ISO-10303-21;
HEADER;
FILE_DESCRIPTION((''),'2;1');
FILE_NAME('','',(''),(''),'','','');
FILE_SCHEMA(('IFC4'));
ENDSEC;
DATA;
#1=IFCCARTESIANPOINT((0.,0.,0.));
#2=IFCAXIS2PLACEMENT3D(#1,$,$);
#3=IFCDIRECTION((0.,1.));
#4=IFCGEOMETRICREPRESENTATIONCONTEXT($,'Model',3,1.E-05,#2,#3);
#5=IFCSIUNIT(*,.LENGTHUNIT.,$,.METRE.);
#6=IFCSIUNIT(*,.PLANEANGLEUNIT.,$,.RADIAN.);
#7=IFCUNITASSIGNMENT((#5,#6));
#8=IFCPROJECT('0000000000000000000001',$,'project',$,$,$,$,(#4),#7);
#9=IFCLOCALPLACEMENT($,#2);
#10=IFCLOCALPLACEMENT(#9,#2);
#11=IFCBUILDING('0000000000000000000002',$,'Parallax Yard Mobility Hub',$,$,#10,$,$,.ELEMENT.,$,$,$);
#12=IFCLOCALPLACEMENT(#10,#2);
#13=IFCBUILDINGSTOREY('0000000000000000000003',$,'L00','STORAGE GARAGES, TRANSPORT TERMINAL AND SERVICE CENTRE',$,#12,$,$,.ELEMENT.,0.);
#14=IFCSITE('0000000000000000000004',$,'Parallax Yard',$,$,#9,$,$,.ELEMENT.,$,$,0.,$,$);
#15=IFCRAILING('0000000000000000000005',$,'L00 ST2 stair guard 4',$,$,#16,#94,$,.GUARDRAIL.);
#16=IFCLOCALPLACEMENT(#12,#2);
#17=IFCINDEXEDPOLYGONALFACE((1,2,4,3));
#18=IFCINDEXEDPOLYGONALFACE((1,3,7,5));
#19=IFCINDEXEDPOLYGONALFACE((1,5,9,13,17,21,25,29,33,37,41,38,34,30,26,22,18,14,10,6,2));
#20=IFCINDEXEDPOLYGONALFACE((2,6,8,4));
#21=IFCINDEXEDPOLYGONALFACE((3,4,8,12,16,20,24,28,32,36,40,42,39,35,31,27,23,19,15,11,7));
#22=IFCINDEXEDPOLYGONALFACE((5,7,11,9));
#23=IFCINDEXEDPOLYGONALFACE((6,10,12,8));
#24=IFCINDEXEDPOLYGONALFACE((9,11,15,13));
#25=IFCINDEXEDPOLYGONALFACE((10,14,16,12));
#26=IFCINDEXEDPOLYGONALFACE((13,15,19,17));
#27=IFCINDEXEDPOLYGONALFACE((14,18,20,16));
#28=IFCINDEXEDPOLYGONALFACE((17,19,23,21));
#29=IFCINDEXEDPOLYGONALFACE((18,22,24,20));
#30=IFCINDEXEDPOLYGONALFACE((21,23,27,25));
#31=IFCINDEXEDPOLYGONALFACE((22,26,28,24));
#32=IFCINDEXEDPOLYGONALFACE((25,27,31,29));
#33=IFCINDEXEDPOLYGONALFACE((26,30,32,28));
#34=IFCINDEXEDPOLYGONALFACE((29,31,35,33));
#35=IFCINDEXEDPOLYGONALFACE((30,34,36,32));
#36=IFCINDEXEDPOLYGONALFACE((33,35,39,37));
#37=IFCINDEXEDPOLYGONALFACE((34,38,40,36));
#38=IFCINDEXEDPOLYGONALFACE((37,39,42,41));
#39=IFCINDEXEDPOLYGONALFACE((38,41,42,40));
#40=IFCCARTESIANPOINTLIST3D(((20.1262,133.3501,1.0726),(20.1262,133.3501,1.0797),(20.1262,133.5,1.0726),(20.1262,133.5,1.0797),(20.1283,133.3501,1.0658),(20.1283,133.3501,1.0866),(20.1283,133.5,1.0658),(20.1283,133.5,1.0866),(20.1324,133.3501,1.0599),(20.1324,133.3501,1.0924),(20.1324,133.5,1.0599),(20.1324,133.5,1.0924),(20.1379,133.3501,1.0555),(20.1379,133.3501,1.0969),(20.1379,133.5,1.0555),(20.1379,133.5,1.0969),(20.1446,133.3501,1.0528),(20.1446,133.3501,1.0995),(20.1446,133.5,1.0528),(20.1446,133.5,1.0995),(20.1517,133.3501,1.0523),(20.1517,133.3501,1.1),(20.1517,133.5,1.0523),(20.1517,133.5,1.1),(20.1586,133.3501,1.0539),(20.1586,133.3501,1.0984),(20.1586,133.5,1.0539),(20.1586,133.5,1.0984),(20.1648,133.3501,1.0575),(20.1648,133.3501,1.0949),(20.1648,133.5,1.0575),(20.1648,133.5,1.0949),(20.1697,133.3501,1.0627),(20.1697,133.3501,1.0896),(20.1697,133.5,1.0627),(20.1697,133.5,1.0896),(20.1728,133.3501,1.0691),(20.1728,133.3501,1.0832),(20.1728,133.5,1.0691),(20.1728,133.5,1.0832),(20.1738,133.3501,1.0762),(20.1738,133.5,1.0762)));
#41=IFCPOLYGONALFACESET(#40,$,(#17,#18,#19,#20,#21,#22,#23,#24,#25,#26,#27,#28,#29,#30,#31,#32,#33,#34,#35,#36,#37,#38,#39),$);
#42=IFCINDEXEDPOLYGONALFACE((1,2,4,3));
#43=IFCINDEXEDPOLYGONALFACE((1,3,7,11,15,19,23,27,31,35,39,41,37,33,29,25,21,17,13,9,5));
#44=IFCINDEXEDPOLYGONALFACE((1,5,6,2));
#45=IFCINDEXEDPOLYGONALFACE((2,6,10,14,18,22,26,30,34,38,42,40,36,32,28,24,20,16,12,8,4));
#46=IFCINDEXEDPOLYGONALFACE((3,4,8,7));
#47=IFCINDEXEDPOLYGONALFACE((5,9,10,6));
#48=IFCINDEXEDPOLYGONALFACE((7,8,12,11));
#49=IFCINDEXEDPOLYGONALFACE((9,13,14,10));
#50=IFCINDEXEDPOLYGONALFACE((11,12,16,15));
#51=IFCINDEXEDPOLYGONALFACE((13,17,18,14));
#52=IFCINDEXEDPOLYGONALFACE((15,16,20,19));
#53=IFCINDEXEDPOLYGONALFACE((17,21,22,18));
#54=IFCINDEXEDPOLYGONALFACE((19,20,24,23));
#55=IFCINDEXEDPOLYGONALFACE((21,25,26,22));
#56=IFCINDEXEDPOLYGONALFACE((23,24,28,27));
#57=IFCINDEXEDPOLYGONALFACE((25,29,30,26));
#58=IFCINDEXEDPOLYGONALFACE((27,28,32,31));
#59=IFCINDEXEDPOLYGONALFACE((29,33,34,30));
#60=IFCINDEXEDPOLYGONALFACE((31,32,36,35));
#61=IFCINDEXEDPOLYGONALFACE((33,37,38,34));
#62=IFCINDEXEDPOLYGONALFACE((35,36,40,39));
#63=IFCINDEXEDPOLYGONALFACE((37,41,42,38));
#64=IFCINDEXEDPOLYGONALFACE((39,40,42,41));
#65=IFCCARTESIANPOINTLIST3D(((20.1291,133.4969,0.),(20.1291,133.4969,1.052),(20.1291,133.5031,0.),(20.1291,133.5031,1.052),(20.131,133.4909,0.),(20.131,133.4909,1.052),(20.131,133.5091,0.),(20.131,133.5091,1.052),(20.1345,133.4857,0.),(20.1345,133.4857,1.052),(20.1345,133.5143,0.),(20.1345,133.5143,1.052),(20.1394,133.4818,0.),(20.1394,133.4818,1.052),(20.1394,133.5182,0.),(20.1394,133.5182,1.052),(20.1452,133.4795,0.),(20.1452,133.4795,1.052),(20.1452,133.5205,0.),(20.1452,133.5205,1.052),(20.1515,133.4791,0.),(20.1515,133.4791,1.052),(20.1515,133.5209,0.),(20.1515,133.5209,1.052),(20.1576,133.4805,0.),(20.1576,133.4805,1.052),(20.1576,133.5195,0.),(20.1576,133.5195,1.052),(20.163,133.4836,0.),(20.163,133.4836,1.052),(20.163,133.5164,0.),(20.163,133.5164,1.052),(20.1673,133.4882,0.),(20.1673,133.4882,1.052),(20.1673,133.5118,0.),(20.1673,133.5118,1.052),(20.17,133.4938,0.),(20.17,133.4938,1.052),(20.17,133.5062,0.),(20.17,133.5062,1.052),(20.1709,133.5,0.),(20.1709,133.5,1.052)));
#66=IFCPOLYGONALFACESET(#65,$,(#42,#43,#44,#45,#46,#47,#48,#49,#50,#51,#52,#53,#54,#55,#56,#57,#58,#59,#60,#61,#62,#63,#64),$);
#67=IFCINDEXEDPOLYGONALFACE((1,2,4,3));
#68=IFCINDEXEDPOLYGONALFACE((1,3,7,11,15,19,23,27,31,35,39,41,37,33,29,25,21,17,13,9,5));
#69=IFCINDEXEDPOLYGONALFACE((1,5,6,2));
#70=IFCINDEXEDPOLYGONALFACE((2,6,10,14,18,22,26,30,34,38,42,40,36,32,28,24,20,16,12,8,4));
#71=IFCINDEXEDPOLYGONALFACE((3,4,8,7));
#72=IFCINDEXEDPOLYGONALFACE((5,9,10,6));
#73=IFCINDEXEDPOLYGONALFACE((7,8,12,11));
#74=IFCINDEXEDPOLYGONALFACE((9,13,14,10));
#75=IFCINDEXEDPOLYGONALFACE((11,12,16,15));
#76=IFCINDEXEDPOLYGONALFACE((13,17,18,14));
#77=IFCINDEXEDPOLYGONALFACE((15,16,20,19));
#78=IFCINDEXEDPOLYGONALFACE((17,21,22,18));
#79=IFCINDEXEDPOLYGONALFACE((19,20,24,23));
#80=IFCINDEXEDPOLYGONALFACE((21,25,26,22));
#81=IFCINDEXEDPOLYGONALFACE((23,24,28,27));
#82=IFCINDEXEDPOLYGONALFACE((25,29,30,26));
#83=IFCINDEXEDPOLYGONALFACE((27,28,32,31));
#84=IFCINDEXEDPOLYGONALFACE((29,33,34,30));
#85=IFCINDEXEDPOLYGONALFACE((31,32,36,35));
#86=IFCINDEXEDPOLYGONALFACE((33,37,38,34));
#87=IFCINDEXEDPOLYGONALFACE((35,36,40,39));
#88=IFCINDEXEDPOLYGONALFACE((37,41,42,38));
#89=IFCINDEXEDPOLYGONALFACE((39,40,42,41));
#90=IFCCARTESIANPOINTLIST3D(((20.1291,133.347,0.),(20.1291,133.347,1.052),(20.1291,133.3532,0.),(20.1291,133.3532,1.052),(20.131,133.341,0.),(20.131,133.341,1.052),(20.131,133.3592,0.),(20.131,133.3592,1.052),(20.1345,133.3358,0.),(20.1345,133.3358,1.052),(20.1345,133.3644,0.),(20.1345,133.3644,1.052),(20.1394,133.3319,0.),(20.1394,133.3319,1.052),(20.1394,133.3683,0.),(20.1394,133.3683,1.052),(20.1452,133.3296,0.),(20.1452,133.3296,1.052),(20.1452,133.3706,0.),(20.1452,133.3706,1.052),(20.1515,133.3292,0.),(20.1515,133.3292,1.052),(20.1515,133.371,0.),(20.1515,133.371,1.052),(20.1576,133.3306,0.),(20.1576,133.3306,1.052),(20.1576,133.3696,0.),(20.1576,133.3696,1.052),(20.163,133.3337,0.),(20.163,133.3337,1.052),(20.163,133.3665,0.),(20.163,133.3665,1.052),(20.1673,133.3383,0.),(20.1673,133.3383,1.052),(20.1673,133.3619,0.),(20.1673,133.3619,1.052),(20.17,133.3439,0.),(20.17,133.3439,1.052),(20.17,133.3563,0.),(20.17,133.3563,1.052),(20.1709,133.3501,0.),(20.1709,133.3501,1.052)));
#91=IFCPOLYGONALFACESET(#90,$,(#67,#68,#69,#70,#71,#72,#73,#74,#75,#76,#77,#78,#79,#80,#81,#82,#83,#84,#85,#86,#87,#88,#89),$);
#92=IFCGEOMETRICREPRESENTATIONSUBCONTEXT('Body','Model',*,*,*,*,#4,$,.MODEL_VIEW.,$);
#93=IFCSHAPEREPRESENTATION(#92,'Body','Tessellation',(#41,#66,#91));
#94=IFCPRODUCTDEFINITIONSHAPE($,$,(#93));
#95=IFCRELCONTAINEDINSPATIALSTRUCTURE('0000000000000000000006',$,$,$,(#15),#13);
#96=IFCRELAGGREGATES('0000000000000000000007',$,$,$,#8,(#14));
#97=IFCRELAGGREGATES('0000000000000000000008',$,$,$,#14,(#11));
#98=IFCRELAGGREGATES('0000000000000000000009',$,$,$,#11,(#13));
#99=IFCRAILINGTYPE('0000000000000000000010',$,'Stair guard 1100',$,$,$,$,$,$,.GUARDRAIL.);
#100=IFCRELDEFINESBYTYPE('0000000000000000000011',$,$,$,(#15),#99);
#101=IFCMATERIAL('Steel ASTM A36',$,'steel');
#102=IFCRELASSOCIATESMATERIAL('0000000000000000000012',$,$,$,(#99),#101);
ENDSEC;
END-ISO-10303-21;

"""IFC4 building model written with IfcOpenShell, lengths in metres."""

from ifc_helpers import new_model, si_unit, direction, frame, origin, origin_2d, place, context, subcontext, project, spatial, circle, extrude, material, type_object, element, save


model = new_model("IFC4")

# Units and contexts
model_context = context("Model", 3, precision=1e-05, world=origin(), true_north=direction((0.0, 1.0)))
body_context = subcontext(model_context, "Body", "Model", "MODEL_VIEW")
ifc_project = project(units=[si_unit("LENGTHUNIT", "METRE"), si_unit("PLANEANGLEUNIT", "RADIAN")], contexts=[model_context])

# Site, building, storey
site_placement = place(None, origin())
site = spatial("IfcSite", under=ifc_project, at=site_placement, Name="Parallax Yard", CompositionType="ELEMENT", RefElevation=0.0)
building_placement = place(site_placement, origin())
building = spatial("IfcBuilding", under=site, at=building_placement, Name="Parallax Yard Mobility Hub", CompositionType="ELEMENT")
storey_placement = place(building_placement, origin())
storey = spatial("IfcBuildingStorey", under=building, at=storey_placement, Name="L00", Description="STORAGE GARAGES, TRANSPORT TERMINAL AND SERVICE CENTRE", CompositionType="ELEMENT", Elevation=0.0)

# Railing
ifc_material_1 = material(Name="Steel ASTM A36", Category="steel")
railing_type_1 = type_object("IfcRailingType", Name="Stair guard 1100", PredefinedType="GUARDRAIL", material=ifc_material_1)
railing_1_placement = place(storey_placement, frame((20.1499, 133.5, 0.0)))
element("IfcRailing", 1, at=railing_1_placement, inside=storey, type_object=railing_type_1, Name="L00 ST2 stair guard 4", PredefinedType="GUARDRAIL", context=body_context, shape_type="SweptSolid", body=[
    extrude(circle(Radius=0.0239, at=origin_2d()), frame((0.0, 0.0, 1.0762), z_axis=(0.0, -1.0, 0.0), x_axis=(1.0, 0.0, 0.0)), (0.0, 0.0, 1.0), 0.1499),
    extrude(circle(Radius=0.021, at=origin_2d()), origin(), (0.0, 0.0, 1.0), 1.052),
    extrude(circle(Radius=0.021, at=origin_2d()), frame((0.0, -0.1499, 0.0)), (0.0, 0.0, 1.0), 1.052),
])

save(model, "model.ifc")
